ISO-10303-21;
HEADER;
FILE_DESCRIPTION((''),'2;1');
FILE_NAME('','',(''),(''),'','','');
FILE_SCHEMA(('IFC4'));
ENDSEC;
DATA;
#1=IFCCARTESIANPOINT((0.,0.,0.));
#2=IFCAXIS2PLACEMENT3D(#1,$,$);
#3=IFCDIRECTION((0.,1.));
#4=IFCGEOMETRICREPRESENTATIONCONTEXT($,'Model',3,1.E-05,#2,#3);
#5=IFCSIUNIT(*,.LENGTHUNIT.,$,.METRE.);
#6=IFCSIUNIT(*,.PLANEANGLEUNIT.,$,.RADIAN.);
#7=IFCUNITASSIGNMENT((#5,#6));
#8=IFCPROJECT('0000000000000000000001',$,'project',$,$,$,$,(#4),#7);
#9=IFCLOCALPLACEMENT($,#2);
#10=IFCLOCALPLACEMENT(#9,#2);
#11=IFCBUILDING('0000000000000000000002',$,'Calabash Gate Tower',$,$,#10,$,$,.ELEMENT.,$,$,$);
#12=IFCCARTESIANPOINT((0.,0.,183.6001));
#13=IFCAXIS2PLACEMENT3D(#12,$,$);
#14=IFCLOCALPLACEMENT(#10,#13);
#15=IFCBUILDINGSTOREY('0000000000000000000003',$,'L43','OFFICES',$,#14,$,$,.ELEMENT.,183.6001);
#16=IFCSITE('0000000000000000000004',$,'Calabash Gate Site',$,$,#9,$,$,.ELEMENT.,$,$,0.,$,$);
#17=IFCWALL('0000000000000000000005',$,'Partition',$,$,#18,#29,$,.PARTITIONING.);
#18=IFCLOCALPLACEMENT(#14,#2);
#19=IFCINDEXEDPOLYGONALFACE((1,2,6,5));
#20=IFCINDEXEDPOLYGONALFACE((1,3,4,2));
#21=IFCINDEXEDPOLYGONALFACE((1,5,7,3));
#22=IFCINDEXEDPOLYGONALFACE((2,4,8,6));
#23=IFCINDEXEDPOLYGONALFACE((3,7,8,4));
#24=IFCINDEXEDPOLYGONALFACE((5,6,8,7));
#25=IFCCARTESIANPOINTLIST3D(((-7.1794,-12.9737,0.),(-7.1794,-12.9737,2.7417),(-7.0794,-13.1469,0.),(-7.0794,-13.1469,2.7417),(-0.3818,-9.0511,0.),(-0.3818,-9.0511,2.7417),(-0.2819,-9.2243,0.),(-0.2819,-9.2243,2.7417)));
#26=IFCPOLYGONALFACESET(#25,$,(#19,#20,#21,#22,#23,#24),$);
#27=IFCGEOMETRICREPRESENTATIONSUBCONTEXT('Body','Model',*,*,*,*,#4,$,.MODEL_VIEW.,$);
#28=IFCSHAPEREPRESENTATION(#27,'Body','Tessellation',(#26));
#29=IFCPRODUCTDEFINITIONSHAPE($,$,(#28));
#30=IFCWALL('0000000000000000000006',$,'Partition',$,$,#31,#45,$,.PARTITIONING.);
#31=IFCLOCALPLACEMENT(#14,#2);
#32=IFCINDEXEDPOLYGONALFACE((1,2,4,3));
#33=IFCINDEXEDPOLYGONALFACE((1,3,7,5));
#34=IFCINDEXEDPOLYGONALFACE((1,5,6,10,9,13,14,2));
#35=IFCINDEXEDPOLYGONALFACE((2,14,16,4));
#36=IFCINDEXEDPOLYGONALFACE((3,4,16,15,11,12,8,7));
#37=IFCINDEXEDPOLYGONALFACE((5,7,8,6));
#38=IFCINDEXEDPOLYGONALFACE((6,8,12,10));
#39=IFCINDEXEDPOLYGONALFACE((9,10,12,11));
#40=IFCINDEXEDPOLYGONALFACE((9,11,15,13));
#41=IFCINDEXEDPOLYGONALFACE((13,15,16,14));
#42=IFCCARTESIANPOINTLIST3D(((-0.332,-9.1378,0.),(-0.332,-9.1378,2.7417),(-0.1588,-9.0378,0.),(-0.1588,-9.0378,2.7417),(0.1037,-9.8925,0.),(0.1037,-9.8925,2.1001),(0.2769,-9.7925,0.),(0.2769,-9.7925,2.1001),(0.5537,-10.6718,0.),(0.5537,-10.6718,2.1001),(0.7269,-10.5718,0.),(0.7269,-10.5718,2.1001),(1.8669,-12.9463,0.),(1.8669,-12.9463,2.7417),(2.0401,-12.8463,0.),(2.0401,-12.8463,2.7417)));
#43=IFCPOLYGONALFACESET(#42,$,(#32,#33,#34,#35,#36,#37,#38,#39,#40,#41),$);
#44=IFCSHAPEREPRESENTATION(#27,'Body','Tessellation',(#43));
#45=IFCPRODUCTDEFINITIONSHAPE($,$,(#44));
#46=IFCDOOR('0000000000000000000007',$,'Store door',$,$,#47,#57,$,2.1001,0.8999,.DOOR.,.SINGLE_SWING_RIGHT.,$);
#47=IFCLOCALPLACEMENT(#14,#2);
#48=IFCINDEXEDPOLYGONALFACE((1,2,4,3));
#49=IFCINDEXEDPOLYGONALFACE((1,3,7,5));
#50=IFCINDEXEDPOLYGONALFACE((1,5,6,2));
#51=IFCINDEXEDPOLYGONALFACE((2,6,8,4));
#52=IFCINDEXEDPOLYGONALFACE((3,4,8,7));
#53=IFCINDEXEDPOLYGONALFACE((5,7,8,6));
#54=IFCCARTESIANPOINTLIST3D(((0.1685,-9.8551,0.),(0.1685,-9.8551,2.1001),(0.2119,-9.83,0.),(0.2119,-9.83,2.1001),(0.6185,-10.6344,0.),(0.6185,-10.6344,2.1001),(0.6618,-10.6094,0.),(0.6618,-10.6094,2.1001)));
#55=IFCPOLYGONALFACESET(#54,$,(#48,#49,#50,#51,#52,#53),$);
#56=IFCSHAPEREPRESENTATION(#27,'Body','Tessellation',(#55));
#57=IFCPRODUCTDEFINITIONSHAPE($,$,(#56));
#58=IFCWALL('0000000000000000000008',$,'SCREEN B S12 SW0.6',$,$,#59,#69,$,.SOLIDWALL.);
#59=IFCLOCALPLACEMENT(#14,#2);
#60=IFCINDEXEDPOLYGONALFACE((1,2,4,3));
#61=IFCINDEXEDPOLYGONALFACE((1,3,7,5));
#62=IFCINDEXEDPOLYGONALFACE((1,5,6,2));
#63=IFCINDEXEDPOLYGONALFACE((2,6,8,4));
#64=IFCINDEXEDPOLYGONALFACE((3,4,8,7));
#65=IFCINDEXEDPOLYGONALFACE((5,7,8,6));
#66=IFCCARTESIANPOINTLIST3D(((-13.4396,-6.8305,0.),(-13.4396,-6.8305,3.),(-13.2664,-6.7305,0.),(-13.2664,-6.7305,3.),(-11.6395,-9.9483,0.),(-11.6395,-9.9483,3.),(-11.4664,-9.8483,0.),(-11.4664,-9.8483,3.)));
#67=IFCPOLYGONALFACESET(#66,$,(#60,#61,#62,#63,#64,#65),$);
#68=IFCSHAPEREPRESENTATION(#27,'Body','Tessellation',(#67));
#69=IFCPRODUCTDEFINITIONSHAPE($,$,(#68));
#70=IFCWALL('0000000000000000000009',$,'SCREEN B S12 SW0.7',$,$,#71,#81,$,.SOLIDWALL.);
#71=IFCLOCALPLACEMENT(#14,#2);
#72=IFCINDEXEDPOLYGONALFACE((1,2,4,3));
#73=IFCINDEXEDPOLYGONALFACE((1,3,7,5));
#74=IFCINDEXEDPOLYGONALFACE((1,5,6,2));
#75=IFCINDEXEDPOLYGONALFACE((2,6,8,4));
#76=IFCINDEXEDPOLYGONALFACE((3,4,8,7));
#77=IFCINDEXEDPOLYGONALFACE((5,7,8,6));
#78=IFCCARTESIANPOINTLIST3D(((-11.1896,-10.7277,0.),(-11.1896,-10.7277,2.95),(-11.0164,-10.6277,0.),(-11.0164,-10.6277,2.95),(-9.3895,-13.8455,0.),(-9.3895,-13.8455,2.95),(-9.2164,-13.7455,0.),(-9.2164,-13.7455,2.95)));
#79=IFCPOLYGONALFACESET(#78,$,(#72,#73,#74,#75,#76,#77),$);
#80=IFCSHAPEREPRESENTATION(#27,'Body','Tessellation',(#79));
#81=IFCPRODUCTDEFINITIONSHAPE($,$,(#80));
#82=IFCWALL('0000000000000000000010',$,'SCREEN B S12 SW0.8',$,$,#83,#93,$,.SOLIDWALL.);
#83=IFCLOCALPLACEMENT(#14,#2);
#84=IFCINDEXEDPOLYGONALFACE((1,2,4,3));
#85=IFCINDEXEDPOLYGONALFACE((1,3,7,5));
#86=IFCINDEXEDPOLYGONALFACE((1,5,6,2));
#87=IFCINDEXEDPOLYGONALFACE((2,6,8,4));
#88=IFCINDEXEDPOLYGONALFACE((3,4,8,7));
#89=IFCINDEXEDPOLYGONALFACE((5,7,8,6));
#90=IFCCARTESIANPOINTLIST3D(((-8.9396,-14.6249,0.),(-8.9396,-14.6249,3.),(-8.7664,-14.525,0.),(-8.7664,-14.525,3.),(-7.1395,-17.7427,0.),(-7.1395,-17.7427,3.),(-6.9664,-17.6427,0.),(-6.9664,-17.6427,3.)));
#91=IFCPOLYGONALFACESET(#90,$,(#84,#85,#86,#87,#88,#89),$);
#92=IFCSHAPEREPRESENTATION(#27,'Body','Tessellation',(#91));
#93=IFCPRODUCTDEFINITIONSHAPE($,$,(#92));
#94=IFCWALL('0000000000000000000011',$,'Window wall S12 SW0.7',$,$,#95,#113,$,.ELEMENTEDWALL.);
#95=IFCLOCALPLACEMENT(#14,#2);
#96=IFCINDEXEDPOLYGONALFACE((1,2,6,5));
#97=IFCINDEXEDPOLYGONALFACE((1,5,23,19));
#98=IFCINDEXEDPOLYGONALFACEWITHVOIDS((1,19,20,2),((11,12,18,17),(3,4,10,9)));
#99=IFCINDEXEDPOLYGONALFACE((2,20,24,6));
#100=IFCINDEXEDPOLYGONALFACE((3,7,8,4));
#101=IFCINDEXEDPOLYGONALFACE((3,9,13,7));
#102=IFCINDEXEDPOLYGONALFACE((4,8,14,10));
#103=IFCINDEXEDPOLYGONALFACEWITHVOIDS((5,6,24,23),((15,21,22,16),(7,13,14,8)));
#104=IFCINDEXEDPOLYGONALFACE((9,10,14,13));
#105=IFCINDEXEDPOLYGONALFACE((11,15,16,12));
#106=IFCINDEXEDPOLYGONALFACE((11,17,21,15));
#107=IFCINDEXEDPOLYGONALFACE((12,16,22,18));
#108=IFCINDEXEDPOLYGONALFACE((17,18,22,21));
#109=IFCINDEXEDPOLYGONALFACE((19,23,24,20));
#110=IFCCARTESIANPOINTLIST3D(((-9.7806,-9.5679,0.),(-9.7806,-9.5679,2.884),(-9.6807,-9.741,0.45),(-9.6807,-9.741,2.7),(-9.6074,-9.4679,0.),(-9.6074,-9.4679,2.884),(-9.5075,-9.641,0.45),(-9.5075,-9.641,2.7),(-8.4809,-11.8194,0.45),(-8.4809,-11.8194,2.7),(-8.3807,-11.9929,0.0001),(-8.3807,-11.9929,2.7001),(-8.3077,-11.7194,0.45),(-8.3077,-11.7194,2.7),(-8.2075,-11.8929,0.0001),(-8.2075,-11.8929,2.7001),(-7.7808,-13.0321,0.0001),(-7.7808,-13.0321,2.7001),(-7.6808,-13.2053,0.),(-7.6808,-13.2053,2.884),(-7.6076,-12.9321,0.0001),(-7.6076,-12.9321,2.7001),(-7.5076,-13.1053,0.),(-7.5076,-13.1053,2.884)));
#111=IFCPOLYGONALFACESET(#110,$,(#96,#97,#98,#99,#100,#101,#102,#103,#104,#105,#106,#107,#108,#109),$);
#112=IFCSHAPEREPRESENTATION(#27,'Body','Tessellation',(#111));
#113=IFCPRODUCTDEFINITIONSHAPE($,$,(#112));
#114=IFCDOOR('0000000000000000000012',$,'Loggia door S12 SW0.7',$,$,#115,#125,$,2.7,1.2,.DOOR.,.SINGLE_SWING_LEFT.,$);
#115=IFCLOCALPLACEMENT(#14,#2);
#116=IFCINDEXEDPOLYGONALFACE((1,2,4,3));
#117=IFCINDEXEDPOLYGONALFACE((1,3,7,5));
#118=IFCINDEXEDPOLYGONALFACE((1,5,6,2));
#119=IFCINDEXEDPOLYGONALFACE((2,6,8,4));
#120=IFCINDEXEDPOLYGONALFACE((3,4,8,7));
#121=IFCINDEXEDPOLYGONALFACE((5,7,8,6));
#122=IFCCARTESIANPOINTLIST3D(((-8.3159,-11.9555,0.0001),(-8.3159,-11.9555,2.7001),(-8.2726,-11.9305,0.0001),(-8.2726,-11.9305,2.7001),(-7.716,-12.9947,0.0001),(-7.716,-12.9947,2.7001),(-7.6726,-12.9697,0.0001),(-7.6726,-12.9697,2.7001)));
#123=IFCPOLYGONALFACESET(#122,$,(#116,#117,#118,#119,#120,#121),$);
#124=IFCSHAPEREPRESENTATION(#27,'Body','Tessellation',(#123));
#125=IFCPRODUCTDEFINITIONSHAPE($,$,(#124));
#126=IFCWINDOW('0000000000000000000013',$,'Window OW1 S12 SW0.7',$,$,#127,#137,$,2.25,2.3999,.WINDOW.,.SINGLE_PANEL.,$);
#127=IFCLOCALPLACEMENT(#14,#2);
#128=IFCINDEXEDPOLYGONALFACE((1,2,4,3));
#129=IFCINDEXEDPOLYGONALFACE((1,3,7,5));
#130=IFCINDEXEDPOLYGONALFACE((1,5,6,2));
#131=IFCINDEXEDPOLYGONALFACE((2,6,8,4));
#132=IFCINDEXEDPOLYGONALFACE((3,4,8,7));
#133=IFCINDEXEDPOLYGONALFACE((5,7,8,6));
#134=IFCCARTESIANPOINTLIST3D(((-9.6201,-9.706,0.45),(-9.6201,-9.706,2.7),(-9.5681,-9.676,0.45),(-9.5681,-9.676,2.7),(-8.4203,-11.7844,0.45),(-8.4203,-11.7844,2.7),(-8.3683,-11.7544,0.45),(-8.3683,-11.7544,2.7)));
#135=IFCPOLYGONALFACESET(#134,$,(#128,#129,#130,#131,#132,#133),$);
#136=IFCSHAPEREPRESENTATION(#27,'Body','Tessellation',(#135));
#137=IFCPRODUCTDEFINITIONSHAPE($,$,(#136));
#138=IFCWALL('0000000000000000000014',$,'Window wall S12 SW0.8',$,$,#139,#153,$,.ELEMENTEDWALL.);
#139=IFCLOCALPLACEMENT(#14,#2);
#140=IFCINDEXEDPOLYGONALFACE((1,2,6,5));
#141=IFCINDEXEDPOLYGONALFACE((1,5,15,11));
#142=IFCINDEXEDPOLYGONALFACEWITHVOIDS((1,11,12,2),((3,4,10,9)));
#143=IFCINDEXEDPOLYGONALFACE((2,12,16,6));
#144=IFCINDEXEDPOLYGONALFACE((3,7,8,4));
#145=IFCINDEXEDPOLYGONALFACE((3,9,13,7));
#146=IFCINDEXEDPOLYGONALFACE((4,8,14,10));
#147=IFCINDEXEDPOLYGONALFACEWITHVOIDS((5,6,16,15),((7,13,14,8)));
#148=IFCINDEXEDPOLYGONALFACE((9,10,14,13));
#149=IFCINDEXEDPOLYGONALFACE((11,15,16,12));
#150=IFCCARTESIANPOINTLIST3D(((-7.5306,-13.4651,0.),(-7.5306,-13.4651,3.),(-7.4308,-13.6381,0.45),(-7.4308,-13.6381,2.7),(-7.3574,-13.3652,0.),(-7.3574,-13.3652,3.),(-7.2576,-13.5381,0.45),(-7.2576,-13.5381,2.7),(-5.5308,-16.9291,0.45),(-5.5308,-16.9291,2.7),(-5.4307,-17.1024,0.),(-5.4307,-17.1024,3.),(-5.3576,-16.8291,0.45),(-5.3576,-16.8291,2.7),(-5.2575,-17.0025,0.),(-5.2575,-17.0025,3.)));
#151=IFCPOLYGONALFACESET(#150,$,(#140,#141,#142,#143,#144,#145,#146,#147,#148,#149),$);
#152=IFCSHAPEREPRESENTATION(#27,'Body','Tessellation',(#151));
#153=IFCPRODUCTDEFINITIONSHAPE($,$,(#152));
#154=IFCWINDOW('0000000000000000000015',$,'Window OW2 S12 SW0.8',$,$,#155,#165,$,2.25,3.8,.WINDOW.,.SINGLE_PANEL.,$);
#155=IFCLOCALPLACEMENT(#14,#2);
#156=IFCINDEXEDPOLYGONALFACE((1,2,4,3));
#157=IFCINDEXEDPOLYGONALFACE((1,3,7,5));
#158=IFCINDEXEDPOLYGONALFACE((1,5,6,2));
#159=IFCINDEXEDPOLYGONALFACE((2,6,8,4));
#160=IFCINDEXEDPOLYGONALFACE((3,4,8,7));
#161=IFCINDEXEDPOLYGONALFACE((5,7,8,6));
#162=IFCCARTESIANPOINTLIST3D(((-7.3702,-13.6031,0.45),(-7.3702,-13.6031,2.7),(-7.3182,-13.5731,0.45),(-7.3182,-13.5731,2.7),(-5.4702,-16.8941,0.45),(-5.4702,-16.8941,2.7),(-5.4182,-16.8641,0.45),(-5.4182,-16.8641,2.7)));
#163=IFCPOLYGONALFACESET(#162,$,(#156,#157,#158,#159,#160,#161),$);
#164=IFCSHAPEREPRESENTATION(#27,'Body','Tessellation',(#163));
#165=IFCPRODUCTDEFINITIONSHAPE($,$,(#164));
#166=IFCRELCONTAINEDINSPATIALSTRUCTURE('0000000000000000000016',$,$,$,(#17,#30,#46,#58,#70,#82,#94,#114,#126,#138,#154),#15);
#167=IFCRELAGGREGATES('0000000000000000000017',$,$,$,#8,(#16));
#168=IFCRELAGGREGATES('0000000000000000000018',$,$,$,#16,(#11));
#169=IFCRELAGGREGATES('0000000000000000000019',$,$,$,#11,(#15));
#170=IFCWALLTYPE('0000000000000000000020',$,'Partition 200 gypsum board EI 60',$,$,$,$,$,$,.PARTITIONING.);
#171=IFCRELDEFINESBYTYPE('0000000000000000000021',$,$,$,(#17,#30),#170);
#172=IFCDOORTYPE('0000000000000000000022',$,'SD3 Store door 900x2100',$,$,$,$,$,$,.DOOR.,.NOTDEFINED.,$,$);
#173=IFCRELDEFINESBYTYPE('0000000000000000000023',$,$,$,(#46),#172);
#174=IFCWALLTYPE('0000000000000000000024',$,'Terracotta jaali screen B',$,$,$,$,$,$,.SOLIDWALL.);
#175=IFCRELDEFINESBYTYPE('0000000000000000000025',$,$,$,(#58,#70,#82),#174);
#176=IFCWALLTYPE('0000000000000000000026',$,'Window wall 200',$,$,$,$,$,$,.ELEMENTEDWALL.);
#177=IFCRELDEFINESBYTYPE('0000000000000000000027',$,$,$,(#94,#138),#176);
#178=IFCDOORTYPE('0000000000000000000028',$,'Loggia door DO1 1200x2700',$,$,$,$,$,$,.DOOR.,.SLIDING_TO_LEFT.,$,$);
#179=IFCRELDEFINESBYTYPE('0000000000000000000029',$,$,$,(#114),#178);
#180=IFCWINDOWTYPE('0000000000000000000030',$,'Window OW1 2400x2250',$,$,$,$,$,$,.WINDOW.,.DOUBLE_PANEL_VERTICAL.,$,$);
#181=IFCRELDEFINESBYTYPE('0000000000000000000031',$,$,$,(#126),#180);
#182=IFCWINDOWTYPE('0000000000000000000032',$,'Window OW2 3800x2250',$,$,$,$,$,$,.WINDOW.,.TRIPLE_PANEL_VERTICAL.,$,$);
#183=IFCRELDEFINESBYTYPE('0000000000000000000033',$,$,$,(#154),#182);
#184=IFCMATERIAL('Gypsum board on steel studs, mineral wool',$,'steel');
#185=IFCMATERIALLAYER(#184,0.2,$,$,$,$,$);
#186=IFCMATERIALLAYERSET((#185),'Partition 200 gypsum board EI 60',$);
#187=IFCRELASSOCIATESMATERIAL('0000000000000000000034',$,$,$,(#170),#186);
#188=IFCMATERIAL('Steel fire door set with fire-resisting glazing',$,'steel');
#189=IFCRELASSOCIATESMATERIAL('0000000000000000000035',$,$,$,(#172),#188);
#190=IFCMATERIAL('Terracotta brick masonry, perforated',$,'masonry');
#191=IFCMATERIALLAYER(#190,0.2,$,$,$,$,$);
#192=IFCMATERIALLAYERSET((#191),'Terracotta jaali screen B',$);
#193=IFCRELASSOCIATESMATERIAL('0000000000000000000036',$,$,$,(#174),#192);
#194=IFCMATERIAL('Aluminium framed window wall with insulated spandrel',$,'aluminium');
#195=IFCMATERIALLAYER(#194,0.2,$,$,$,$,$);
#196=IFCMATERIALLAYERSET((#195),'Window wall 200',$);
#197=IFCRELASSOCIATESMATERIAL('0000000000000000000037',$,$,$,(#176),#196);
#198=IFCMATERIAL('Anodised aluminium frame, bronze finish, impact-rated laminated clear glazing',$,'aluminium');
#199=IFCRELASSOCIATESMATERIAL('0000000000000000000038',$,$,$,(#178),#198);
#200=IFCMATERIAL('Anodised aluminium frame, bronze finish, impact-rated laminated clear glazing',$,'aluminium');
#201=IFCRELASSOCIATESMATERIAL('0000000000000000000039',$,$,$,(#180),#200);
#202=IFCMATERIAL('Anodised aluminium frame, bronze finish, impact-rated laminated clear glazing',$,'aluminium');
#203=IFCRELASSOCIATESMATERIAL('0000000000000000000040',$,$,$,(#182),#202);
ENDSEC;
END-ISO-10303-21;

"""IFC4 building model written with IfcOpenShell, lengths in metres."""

from ifc_helpers import new_model, si_unit, direction, frame, frame_2d, origin, place, context, subcontext, project, spatial, rectangle, extrude, material, layer, layer_set, type_object, element, fill, save


model = new_model("IFC4")

# Units and contexts
model_context = context("Model", 3, precision=1e-05, world=origin(), true_north=direction((0.0, 1.0)))
body_context = subcontext(model_context, "Body", "Model", "MODEL_VIEW")
ifc_project = project(units=[si_unit("LENGTHUNIT", "METRE"), si_unit("PLANEANGLEUNIT", "RADIAN")], contexts=[model_context])

# Site, building, storey
site_placement = place(None, origin())
site = spatial("IfcSite", under=ifc_project, at=site_placement, Name="Calabash Gate Site", CompositionType="ELEMENT", RefElevation=0.0)
building_placement = place(site_placement, origin())
building = spatial("IfcBuilding", under=site, at=building_placement, Name="Calabash Gate Tower", CompositionType="ELEMENT")
storey_placement = place(building_placement, frame((0.0, 0.0, 183.6001)))
storey = spatial("IfcBuildingStorey", under=building, at=storey_placement, Name="L43", Description="OFFICES", CompositionType="ELEMENT", Elevation=183.6001)

# Wall
ifc_material_1 = material(Name="Gypsum board on steel studs, mineral wool", Category="steel")
ifc_layer_1 = layer(ifc_material_1, 0.2)
ifc_layer_set_1 = layer_set([ifc_layer_1], Name="Partition 200 gypsum board EI 60")
wall_type_1 = type_object("IfcWallType", Name="Partition 200 gypsum board EI 60", PredefinedType="PARTITIONING", material=ifc_layer_set_1)
wall_1_placement = place(storey_placement, frame((-7.1294, -13.0603, 0.0), z_axis=(0.0, 0.0, 1.0), x_axis=(0.866135, 0.49981, 0.0)))
element("IfcWall", 1, at=wall_1_placement, inside=storey, type_object=wall_type_1, Name="Partition", PredefinedType="PARTITIONING", context=body_context, shape_type="SweptSolid", body=[
    extrude(rectangle(XDim=7.8481, YDim=0.2, at=frame_2d((3.9241, 0.0))), origin(), (0.0, 0.0, 1.0), 2.7417),
])

# Wall, opening, door
wall_2_placement = place(storey_placement, frame((-0.2454, -9.0879, 0.0), z_axis=(0.0, 0.0, 1.0), x_axis=(0.500014, -0.866017, 0.0)))
wall_2 = element("IfcWall", 2, at=wall_2_placement, inside=storey, type_object=wall_type_1, Name="Partition", PredefinedType="PARTITIONING", context=body_context, shape_type="SweptSolid", body=[
    extrude(rectangle(XDim=4.3977, YDim=0.2, at=frame_2d((2.1987, 0.0))), origin(), (0.0, 0.0, 1.0), 2.7417),
])
opening_1_placement = place(wall_2_placement, frame((0.8713, 0.0, 0.0)))
opening_1 = element("IfcOpeningElement", 3, at=opening_1_placement, cuts=wall_2, PredefinedType="OPENING", context=body_context, shape_type="SweptSolid", body=[
    extrude(rectangle(XDim=0.8999, YDim=2.1001, at=frame_2d((0.45, 1.05))), frame((0.0, 0.1099, 0.0), z_axis=(0.0, -1.0, 0.0), x_axis=(1.0, 0.0, 0.0)), (0.0, 0.0, 1.0), 0.22),
])
ifc_material_2 = material(Name="Steel fire door set with fire-resisting glazing", Category="steel")
door_type_1 = type_object("IfcDoorType", Name="SD3 Store door 900x2100", OperationType="NOTDEFINED", PredefinedType="DOOR", material=ifc_material_2)
door_1_placement = place(opening_1_placement, origin())
door_1 = element("IfcDoor", 4, at=door_1_placement, inside=storey, type_object=door_type_1, Name="Store door", OperationType="SINGLE_SWING_RIGHT", OverallHeight=2.1001, OverallWidth=0.8999, PredefinedType="DOOR", context=body_context, shape_type="SweptSolid", body=[
    extrude(rectangle(XDim=0.8999, YDim=2.1001, at=frame_2d((0.45, 1.05))), frame((0.0, 0.0249, 0.0), z_axis=(0.0, -1.0, 0.0), x_axis=(1.0, 0.0, 0.0)), (0.0, 0.0, 1.0), 0.05),
])
fill(opening_1, door_1)

# Walls
ifc_material_3 = material(Name="Terracotta brick masonry, perforated", Category="masonry")
ifc_layer_2 = layer(ifc_material_3, 0.2)
ifc_layer_set_2 = layer_set([ifc_layer_2], Name="Terracotta jaali screen B")
wall_type_2 = type_object("IfcWallType", Name="Terracotta jaali screen B", PredefinedType="SOLIDWALL", material=ifc_layer_set_2)
wall_3_placement = place(storey_placement, frame((-13.353, -6.7805, 0.0), z_axis=(0.0, 0.0, 1.0), x_axis=(0.500012, -0.866018, 0.0)))
element("IfcWall", 5, at=wall_3_placement, inside=storey, type_object=wall_type_2, Name="SCREEN B S12 SW0.6", PredefinedType="SOLIDWALL", context=body_context, shape_type="SweptSolid", body=[
    extrude(rectangle(XDim=3.6001, YDim=0.2, at=frame_2d((1.8, 0.0))), origin(), (0.0, 0.0, 1.0), 3.0),
])
wall_4_placement = place(storey_placement, frame((-11.103, -10.6777, 0.0), z_axis=(0.0, 0.0, 1.0), x_axis=(0.500012, -0.866018, 0.0)))
element("IfcWall", 6, at=wall_4_placement, inside=storey, type_object=wall_type_2, Name="SCREEN B S12 SW0.7", PredefinedType="SOLIDWALL", context=body_context, shape_type="SweptSolid", body=[
    extrude(rectangle(XDim=3.6001, YDim=0.2, at=frame_2d((1.8, 0.0))), origin(), (0.0, 0.0, 1.0), 2.95),
])
wall_5_placement = place(storey_placement, frame((-8.853, -14.575, 0.0), z_axis=(0.0, 0.0, 1.0), x_axis=(0.500012, -0.866018, 0.0)))
element("IfcWall", 7, at=wall_5_placement, inside=storey, type_object=wall_type_2, Name="SCREEN B S12 SW0.8", PredefinedType="SOLIDWALL", context=body_context, shape_type="SweptSolid", body=[
    extrude(rectangle(XDim=3.6001, YDim=0.2, at=frame_2d((1.8, 0.0))), origin(), (0.0, 0.0, 1.0), 3.0),
])

# Wall, openings, door, window
ifc_material_4 = material(Name="Aluminium framed window wall with insulated spandrel", Category="aluminium")
ifc_layer_3 = layer(ifc_material_4, 0.2)
ifc_layer_set_3 = layer_set([ifc_layer_3], Name="Window wall 200")
wall_type_3 = type_object("IfcWallType", Name="Window wall 200", PredefinedType="ELEMENTEDWALL", material=ifc_layer_set_3)
wall_6_placement = place(storey_placement, frame((-9.6941, -9.5178, 0.0), z_axis=(0.0, 0.0, 1.0), x_axis=(0.499959, -0.866049, 0.0)))
wall_6 = element("IfcWall", 8, at=wall_6_placement, inside=storey, type_object=wall_type_3, Name="Window wall S12 SW0.7", PredefinedType="ELEMENTEDWALL", context=body_context, shape_type="SweptSolid", body=[
    extrude(rectangle(XDim=4.2, YDim=0.2, at=frame_2d((2.1001, 0.0))), origin(), (0.0, 0.0, 1.0), 2.884),
])
opening_2_placement = place(wall_6_placement, frame((0.2, 0.0, 0.45)))
opening_2 = element("IfcOpeningElement", 9, at=opening_2_placement, cuts=wall_6, PredefinedType="OPENING", context=body_context, shape_type="SweptSolid", body=[
    extrude(rectangle(XDim=2.3999, YDim=2.25, at=frame_2d((1.2, 1.125))), frame((0.0, 0.1099, 0.0), z_axis=(0.0, -1.0, 0.0), x_axis=(1.0, 0.0, 0.0)), (0.0, 0.0, 1.0), 0.22),
])
opening_3_placement = place(wall_6_placement, frame((2.8, 0.0, 0.0)))
opening_3 = element("IfcOpeningElement", 10, at=opening_3_placement, cuts=wall_6, PredefinedType="OPENING", context=body_context, shape_type="SweptSolid", body=[
    extrude(rectangle(XDim=1.2, YDim=2.7, at=frame_2d((0.6001, 1.3501))), frame((0.0, 0.1099, 0.0), z_axis=(0.0, -1.0, 0.0), x_axis=(1.0, 0.0, 0.0)), (0.0, 0.0, 1.0), 0.22),
])
ifc_material_5 = material(Name="Anodised aluminium frame, bronze finish, impact-rated laminated clear glazing", Category="aluminium")
door_type_2 = type_object("IfcDoorType", Name="Loggia door DO1 1200x2700", OperationType="SLIDING_TO_LEFT", PredefinedType="DOOR", material=ifc_material_5)
door_2_placement = place(opening_3_placement, origin())
door_2 = element("IfcDoor", 11, at=door_2_placement, inside=storey, type_object=door_type_2, Name="Loggia door S12 SW0.7", OperationType="SINGLE_SWING_LEFT", OverallHeight=2.7, OverallWidth=1.2, PredefinedType="DOOR", context=body_context, shape_type="SweptSolid", body=[
    extrude(rectangle(XDim=1.2, YDim=2.7, at=frame_2d((0.6001, 1.3501))), frame((0.0, 0.0249, 0.0), z_axis=(0.0, -1.0, 0.0), x_axis=(1.0, 0.0, 0.0)), (0.0, 0.0, 1.0), 0.05),
])
fill(opening_3, door_2)
ifc_material_6 = material(Name="Anodised aluminium frame, bronze finish, impact-rated laminated clear glazing", Category="aluminium")
window_type_1 = type_object("IfcWindowType", Name="Window OW1 2400x2250", PartitioningType="DOUBLE_PANEL_VERTICAL", PredefinedType="WINDOW", material=ifc_material_6)
window_1_placement = place(opening_2_placement, origin())
window_1 = element("IfcWindow", 12, at=window_1_placement, inside=storey, type_object=window_type_1, Name="Window OW1 S12 SW0.7", OverallHeight=2.25, OverallWidth=2.3999, PartitioningType="SINGLE_PANEL", PredefinedType="WINDOW", context=body_context, shape_type="SweptSolid", body=[
    extrude(rectangle(XDim=2.3999, YDim=2.25, at=frame_2d((1.2, 1.125))), frame((0.0, 0.03, 0.0), z_axis=(0.0, -1.0, 0.0), x_axis=(1.0, 0.0, 0.0)), (0.0, 0.0, 1.0), 0.0601),
])
fill(opening_2, window_1)

# Wall, opening, window
wall_7_placement = place(storey_placement, frame((-7.4441, -13.415, 0.0), z_axis=(0.0, 0.0, 1.0), x_axis=(0.499984, -0.866035, 0.0)))
wall_7 = element("IfcWall", 13, at=wall_7_placement, inside=storey, type_object=wall_type_3, Name="Window wall S12 SW0.8", PredefinedType="ELEMENTEDWALL", context=body_context, shape_type="SweptSolid", body=[
    extrude(rectangle(XDim=4.2, YDim=0.2, at=frame_2d((2.1001, 0.0))), origin(), (0.0, 0.0, 1.0), 3.0),
])
opening_4_placement = place(wall_7_placement, frame((0.2, 0.0, 0.45)))
opening_4 = element("IfcOpeningElement", 14, at=opening_4_placement, cuts=wall_7, PredefinedType="OPENING", context=body_context, shape_type="SweptSolid", body=[
    extrude(rectangle(XDim=3.8, YDim=2.25, at=frame_2d((1.8999, 1.125))), frame((0.0, 0.1099, 0.0), z_axis=(0.0, -1.0, 0.0), x_axis=(1.0, 0.0, 0.0)), (0.0, 0.0, 1.0), 0.22),
])
ifc_material_7 = material(Name="Anodised aluminium frame, bronze finish, impact-rated laminated clear glazing", Category="aluminium")
window_type_2 = type_object("IfcWindowType", Name="Window OW2 3800x2250", PartitioningType="TRIPLE_PANEL_VERTICAL", PredefinedType="WINDOW", material=ifc_material_7)
window_2_placement = place(opening_4_placement, origin())
window_2 = element("IfcWindow", 15, at=window_2_placement, inside=storey, type_object=window_type_2, Name="Window OW2 S12 SW0.8", OverallHeight=2.25, OverallWidth=3.8, PartitioningType="SINGLE_PANEL", PredefinedType="WINDOW", context=body_context, shape_type="SweptSolid", body=[
    extrude(rectangle(XDim=3.8, YDim=2.25, at=frame_2d((1.8999, 1.125))), frame((0.0, 0.03, 0.0), z_axis=(0.0, -1.0, 0.0), x_axis=(1.0, 0.0, 0.0)), (0.0, 0.0, 1.0), 0.0601),
])
fill(opening_4, window_2)

save(model, "model.ifc")
